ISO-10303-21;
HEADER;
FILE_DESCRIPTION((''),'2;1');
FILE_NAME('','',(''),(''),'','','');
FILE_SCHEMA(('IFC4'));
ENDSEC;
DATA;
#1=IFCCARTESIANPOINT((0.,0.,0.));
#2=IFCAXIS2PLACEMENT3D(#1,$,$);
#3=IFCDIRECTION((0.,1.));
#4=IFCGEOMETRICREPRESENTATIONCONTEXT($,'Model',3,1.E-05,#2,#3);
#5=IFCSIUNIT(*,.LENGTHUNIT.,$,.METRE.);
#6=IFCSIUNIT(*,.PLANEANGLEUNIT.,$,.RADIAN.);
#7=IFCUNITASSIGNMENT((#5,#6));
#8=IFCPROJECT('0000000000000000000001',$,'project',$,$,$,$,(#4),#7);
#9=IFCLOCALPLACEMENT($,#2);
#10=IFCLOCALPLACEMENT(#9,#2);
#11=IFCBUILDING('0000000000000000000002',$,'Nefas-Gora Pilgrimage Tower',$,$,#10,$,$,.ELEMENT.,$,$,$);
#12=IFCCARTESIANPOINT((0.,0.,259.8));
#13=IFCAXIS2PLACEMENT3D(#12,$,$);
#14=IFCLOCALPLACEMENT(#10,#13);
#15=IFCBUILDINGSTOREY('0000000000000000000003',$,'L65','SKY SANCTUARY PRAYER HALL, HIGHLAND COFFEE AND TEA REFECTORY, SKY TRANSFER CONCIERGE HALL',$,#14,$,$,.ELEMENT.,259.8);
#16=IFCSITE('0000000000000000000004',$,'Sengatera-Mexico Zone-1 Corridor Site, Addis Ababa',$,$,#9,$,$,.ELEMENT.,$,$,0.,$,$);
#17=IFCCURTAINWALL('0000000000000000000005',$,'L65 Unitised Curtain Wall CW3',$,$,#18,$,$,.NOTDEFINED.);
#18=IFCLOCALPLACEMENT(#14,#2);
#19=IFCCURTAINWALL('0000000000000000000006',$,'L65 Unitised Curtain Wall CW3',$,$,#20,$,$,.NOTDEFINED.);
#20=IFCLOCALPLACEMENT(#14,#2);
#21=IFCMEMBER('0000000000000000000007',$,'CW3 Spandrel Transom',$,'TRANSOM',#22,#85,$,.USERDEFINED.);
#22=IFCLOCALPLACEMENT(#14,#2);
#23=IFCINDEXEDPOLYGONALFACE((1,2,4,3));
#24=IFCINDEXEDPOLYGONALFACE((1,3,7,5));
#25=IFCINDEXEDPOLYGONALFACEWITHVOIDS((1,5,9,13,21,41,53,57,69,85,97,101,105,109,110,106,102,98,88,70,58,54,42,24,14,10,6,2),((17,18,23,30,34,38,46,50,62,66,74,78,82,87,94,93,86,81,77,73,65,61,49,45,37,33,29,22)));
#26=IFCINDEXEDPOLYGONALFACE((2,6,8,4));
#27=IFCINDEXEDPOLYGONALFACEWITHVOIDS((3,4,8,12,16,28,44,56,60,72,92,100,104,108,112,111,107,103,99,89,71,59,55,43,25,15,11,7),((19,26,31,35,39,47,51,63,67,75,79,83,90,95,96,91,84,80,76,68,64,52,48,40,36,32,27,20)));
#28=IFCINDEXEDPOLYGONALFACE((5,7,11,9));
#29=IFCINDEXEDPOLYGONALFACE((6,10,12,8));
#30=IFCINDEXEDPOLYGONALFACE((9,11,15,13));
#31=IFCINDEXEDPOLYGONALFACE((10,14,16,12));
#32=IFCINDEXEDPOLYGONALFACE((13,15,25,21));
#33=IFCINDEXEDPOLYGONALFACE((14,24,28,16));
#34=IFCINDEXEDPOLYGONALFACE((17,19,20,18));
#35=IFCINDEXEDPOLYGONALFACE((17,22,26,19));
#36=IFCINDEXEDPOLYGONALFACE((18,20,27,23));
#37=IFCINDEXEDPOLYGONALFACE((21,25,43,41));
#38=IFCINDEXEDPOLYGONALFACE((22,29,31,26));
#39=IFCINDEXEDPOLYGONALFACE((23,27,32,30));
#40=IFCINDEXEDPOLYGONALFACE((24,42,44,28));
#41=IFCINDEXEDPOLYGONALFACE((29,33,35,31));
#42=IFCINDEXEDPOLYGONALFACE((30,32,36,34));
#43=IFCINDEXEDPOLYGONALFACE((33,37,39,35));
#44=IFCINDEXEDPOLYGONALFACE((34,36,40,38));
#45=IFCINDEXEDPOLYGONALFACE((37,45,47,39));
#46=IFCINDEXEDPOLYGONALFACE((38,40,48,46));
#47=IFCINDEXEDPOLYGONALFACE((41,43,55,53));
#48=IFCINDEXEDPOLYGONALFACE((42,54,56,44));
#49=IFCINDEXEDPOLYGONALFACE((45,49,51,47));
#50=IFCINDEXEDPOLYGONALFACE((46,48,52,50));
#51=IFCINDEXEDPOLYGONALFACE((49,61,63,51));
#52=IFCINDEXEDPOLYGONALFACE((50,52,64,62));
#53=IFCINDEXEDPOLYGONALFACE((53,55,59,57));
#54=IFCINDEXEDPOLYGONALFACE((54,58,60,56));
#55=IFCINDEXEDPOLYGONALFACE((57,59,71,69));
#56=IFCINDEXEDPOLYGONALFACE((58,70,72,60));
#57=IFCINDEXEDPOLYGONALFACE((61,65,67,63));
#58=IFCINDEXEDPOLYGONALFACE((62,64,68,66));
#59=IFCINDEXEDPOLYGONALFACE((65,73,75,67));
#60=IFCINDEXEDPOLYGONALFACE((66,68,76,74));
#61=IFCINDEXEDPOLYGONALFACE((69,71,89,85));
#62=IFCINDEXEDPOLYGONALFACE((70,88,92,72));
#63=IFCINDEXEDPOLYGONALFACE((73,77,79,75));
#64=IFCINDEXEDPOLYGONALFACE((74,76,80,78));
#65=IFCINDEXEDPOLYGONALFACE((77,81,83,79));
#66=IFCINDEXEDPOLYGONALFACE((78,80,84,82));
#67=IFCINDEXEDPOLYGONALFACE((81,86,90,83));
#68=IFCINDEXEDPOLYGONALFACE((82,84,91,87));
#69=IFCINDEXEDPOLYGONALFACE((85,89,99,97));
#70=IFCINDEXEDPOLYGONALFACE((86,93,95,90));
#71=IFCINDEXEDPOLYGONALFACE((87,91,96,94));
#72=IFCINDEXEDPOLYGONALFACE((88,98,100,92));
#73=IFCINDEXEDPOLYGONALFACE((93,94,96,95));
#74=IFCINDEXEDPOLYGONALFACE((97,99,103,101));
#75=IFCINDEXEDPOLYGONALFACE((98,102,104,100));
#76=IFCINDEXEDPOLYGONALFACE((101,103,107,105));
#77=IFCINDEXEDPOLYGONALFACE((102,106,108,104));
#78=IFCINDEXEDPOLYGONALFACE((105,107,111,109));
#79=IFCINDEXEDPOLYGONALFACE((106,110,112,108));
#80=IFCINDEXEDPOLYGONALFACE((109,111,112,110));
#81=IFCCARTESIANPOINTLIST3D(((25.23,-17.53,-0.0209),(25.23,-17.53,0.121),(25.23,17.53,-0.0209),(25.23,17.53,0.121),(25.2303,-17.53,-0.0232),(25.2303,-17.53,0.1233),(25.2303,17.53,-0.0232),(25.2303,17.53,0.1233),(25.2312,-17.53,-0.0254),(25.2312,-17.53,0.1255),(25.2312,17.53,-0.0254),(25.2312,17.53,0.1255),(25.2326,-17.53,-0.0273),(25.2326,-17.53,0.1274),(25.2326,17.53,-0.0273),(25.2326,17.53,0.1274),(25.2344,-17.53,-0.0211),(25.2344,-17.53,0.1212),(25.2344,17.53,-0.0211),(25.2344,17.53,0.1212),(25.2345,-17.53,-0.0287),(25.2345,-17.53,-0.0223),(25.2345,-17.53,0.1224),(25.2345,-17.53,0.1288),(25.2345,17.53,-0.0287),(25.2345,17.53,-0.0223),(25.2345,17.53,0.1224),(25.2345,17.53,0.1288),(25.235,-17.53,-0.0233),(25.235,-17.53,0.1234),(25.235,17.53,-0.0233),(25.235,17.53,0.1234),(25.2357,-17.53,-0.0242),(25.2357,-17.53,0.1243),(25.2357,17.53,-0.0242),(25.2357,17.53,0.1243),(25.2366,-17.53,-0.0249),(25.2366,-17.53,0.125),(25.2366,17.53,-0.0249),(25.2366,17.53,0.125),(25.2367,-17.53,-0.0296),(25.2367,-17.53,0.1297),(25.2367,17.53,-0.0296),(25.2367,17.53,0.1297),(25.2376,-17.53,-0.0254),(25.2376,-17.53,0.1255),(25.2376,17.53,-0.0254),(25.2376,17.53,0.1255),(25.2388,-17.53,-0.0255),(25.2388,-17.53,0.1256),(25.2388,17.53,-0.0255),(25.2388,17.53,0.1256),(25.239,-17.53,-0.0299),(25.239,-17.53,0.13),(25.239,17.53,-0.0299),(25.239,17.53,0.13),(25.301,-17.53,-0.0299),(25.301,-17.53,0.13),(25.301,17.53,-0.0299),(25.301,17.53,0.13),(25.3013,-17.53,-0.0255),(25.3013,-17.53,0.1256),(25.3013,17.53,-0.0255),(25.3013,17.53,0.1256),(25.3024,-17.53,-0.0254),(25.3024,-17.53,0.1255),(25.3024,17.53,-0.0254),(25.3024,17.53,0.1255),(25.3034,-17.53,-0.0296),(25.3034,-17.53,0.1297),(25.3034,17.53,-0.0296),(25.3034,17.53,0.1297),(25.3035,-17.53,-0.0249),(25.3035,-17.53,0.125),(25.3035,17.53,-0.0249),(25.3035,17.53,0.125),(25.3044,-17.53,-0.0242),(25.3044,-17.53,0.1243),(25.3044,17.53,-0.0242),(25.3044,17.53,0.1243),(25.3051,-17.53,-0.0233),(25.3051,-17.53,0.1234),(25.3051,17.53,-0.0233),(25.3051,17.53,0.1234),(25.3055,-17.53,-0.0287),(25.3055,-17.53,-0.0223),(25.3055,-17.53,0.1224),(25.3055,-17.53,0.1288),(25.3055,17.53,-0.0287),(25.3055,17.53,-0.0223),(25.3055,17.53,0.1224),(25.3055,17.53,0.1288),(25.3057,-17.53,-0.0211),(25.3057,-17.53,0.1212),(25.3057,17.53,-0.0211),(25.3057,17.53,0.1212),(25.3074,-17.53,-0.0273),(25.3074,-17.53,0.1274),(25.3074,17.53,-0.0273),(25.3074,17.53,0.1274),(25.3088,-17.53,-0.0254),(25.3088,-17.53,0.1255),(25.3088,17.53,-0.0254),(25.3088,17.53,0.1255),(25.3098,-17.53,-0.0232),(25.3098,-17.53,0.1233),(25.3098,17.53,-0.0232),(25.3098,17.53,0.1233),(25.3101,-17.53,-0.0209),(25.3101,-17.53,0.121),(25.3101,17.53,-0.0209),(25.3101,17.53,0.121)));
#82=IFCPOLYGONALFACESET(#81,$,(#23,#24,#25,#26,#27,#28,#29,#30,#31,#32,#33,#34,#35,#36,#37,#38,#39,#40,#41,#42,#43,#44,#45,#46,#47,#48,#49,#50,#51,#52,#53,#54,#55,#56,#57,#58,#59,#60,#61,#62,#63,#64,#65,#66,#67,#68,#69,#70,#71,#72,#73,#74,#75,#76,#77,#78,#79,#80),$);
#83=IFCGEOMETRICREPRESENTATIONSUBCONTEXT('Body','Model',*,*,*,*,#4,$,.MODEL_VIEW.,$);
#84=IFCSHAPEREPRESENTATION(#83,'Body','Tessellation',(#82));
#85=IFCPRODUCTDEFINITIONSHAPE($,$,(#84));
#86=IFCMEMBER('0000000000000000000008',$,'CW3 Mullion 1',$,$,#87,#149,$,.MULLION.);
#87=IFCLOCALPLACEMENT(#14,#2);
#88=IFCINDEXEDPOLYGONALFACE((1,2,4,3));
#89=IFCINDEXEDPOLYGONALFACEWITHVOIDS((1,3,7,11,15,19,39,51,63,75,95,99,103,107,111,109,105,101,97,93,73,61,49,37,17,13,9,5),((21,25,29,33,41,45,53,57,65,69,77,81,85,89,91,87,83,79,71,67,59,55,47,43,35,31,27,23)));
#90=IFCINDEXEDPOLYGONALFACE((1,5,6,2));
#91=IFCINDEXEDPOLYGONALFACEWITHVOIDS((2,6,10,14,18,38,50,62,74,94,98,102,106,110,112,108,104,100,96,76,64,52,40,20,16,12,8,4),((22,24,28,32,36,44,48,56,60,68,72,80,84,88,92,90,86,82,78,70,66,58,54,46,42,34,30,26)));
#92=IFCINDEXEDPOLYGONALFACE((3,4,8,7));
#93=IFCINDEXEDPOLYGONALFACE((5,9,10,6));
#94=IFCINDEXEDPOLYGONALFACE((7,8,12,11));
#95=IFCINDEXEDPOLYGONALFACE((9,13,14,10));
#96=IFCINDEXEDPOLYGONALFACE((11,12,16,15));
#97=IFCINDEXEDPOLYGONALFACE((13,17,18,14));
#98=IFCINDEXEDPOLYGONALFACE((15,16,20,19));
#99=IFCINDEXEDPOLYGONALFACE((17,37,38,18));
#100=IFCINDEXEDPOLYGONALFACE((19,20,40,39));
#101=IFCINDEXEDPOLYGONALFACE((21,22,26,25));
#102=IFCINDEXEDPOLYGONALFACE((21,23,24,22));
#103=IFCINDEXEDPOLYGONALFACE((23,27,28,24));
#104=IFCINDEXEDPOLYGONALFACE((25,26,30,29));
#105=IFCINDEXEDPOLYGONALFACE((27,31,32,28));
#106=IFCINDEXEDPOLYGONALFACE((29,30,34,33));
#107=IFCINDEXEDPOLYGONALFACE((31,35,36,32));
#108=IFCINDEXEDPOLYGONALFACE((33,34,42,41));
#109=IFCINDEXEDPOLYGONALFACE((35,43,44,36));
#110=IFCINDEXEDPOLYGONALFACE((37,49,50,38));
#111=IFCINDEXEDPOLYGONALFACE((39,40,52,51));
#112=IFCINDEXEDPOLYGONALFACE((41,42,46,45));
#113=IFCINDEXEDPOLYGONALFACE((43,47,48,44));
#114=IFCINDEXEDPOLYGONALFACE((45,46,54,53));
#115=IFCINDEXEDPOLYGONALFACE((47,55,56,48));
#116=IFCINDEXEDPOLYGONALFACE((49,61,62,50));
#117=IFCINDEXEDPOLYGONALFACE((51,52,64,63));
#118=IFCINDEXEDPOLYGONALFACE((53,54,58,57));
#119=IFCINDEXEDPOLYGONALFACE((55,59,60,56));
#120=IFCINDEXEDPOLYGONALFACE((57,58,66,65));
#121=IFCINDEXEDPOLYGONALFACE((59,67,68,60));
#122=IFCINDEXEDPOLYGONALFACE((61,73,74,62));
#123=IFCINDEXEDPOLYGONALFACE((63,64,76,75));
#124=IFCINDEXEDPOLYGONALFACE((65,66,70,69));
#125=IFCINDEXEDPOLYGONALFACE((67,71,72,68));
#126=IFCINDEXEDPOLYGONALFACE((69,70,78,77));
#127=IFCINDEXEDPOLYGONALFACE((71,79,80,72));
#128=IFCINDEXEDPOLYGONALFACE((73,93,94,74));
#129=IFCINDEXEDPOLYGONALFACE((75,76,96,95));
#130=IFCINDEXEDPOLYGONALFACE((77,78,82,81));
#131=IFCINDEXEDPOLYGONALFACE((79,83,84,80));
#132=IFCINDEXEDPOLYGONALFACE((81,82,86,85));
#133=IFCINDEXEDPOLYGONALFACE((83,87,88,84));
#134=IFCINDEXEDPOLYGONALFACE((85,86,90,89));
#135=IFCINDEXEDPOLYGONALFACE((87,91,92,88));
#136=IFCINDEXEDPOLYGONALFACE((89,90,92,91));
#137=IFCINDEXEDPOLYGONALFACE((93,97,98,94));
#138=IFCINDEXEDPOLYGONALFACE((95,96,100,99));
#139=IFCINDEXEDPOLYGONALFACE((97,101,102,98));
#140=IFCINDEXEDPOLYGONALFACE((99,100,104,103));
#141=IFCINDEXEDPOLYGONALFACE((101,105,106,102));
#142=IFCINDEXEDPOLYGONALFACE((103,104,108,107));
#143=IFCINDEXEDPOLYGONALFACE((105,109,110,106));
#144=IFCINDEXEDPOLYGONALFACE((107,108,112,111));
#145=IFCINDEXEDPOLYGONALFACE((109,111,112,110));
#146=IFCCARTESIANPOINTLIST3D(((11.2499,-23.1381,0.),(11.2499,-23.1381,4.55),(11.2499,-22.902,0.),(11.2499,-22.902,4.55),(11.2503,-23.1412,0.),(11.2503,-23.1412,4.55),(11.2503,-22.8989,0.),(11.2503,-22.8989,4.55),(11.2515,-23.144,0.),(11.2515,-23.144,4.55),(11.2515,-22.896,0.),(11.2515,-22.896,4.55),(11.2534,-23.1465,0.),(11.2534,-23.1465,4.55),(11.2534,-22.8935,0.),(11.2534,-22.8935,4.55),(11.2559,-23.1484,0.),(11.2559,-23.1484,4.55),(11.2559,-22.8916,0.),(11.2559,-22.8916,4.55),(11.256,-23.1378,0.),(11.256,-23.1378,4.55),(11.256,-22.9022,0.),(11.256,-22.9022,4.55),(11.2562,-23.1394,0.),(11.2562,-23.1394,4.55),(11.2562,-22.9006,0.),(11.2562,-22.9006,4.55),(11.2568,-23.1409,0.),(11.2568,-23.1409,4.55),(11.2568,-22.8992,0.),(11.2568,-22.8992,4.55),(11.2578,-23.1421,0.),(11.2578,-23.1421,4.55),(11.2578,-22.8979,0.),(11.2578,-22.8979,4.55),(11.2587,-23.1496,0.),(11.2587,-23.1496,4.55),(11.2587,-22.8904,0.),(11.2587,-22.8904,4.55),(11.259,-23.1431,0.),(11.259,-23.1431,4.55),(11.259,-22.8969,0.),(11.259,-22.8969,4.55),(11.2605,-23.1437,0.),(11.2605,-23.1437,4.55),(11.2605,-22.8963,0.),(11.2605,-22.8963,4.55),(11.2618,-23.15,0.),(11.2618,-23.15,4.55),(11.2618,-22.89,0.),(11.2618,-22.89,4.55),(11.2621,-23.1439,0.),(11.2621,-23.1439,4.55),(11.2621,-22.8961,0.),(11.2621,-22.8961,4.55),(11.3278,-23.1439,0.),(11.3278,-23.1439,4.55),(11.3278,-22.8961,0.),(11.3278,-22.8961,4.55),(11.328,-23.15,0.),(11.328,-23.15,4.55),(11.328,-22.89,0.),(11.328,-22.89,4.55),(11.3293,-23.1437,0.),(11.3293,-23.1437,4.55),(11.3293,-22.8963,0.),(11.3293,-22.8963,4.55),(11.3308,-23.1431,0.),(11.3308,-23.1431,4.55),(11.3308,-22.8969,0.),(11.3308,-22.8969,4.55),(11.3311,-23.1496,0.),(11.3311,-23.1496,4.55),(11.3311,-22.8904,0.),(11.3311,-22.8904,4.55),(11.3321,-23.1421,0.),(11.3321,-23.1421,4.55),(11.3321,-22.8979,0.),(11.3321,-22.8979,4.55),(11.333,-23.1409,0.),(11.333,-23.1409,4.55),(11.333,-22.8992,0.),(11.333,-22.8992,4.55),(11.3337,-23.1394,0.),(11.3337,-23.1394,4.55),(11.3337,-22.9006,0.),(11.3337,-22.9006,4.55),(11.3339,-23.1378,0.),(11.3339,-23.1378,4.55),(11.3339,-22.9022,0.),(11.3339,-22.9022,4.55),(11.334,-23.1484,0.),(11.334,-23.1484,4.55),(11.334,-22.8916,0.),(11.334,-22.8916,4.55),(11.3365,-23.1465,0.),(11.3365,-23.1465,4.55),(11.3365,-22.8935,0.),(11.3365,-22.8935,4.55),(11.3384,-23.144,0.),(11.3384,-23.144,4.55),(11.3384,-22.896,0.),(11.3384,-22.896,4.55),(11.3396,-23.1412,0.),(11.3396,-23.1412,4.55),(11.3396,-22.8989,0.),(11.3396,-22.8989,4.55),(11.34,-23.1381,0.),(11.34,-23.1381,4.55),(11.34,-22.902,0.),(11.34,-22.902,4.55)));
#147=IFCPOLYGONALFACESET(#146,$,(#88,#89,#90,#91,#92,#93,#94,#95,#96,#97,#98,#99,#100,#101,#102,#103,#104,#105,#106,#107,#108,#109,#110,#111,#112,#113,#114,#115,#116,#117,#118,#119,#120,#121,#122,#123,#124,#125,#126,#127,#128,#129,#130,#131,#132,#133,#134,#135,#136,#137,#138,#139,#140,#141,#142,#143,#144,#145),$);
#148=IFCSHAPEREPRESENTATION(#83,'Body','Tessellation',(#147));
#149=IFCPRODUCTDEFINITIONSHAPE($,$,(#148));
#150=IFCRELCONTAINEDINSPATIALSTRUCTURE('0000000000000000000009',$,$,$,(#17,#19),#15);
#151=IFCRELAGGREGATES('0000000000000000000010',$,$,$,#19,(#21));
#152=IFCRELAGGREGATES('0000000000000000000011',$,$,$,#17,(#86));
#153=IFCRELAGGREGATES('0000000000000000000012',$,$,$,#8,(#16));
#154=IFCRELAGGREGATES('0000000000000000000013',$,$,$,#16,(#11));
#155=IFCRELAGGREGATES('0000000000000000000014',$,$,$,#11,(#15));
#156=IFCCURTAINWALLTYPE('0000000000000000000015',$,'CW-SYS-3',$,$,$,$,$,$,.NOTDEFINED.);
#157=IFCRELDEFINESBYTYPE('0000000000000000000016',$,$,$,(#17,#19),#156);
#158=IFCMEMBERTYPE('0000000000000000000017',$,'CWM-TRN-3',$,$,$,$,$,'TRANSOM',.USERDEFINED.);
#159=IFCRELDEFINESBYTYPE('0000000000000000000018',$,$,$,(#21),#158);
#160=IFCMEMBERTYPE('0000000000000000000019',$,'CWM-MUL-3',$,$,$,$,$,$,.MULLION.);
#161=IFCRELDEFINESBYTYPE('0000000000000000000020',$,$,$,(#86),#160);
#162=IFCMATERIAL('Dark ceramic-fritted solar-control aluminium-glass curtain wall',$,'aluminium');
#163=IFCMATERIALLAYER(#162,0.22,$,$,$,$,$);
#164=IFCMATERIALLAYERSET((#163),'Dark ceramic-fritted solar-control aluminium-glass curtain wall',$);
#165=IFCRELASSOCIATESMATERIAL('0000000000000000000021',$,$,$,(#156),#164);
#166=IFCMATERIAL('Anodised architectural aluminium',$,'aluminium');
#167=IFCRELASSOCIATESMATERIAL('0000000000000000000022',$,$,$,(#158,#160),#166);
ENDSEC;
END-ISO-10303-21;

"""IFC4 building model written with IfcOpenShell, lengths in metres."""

from ifc_helpers import new_model, si_unit, direction, frame, origin, origin_2d, place, context, subcontext, project, spatial, hollow_rectangle, extrude, source, transform, mapped, material, layer, layer_set, material_profile, profile_set, type_object, element, aggregate, save


model = new_model("IFC4")

# Units and contexts
model_context = context("Model", 3, precision=1e-05, world=origin(), true_north=direction((0.0, 1.0)))
body_context = subcontext(model_context, "Body", "Model", "MODEL_VIEW")
ifc_project = project(units=[si_unit("LENGTHUNIT", "METRE"), si_unit("PLANEANGLEUNIT", "RADIAN")], contexts=[model_context])

# Site, building, storey
site_placement = place(None, origin())
site = spatial("IfcSite", under=ifc_project, at=site_placement, Name="Sengatera-Mexico Zone-1 Corridor Site, Addis Ababa", CompositionType="ELEMENT", RefElevation=0.0)
building_placement = place(site_placement, origin())
building = spatial("IfcBuilding", under=site, at=building_placement, Name="Nefas-Gora Pilgrimage Tower", CompositionType="ELEMENT")
storey_placement = place(building_placement, frame((0.0, 0.0, 259.8)))
storey = spatial("IfcBuildingStorey", under=building, at=storey_placement, Name="L65", Description="SKY SANCTUARY PRAYER HALL, HIGHLAND COFFEE AND TEA REFECTORY, SKY TRANSFER CONCIERGE HALL", CompositionType="ELEMENT", Elevation=259.8)

# Curtain walls, member
ifc_material_1 = material(Name="Dark ceramic-fritted solar-control aluminium-glass curtain wall", Category="aluminium")
ifc_layer_1 = layer(ifc_material_1, 0.22)
ifc_layer_set_1 = layer_set([ifc_layer_1], Name="Dark ceramic-fritted solar-control aluminium-glass curtain wall")
curtain_wall_type = type_object("IfcCurtainWallType", Name="CW-SYS-3", PredefinedType="NOTDEFINED", material=ifc_layer_set_1)
curtain_wall_1_placement = place(storey_placement, origin())
curtain_wall_1 = element("IfcCurtainWall", 1, at=curtain_wall_1_placement, inside=storey, type_object=curtain_wall_type, Name="L65 Unitised Curtain Wall CW3", PredefinedType="NOTDEFINED")
ifc_material_2 = material(Name="Anodised architectural aluminium", Category="aluminium")
ifc_material_profile_1 = material_profile(ifc_material_2, hollow_rectangle(XDim=0.0801, YDim=0.1599, WallThickness=0.0044, InnerFilletRadius=0.0044, OuterFilletRadius=0.009, at=origin_2d()), Name="ALU TRANSOM 80x160")
ifc_profile_set_1 = profile_set([ifc_material_profile_1], Name="Anodised architectural aluminium")
member_type_1 = type_object("IfcMemberType", Name="CWM-TRN-3", ElementType="TRANSOM", PredefinedType="USERDEFINED", material=ifc_profile_set_1)
curtain_wall_2_placement = place(storey_placement, origin())
curtain_wall_2 = element("IfcCurtainWall", 2, at=curtain_wall_2_placement, inside=storey, type_object=curtain_wall_type, Name="L65 Unitised Curtain Wall CW3", PredefinedType="NOTDEFINED")
shared_shape_1 = source(origin(), body_context, "Body", "SweptSolid", [
    extrude(hollow_rectangle(XDim=0.0801, YDim=0.1599, WallThickness=0.0044, InnerFilletRadius=0.0044, OuterFilletRadius=0.009, at=origin_2d()), origin(), (0.0, 0.0, 1.0), 35.0601),
])
member_1_placement = place(storey_placement, frame((25.27, -17.53, 0.05), z_axis=(0.0, 1.0, 0.0), x_axis=(-1.0, 0.0, 0.0)))
member_1 = element("IfcMember", 3, at=member_1_placement, type_object=member_type_1, Name="CW3 Spandrel Transom", ObjectType="TRANSOM", PredefinedType="USERDEFINED", context=body_context, shape_type="MappedRepresentation", body=[
    mapped(shared_shape_1, transform((0.0, 0.0, 0.0), x_axis=(1.0, 0.0, 0.0), y_axis=(0.0, 1.0, 0.0), z_axis=(0.0, 0.0, 1.0), scale=1.0)),
])

# Member
ifc_material_profile_2 = material_profile(ifc_material_2, hollow_rectangle(XDim=0.0901, YDim=0.26, WallThickness=0.0061, InnerFilletRadius=0.0061, OuterFilletRadius=0.012, at=origin_2d()), Name="ALU MULLION 90x260")
ifc_profile_set_2 = profile_set([ifc_material_profile_2], Name="Anodised architectural aluminium")
member_type_2 = type_object("IfcMemberType", Name="CWM-MUL-3", PredefinedType="MULLION", material=ifc_profile_set_2)
shared_shape_2 = source(origin(), body_context, "Body", "SweptSolid", [
    extrude(hollow_rectangle(XDim=0.0901, YDim=0.26, WallThickness=0.0061, InnerFilletRadius=0.0061, OuterFilletRadius=0.012, at=origin_2d()), origin(), (0.0, 0.0, 1.0), 4.55),
])
member_2_placement = place(storey_placement, frame((11.2949, -23.02, 0.0), z_axis=(0.0, 0.0, 1.0), x_axis=(1.0, 0.0, 0.0)))
member_2 = element("IfcMember", 4, at=member_2_placement, type_object=member_type_2, Name="CW3 Mullion 1", PredefinedType="MULLION", context=body_context, shape_type="MappedRepresentation", body=[
    mapped(shared_shape_2, transform((0.0, 0.0, 0.0), x_axis=(1.0, 0.0, 0.0), y_axis=(0.0, 1.0, 0.0), z_axis=(0.0, 0.0, 1.0), scale=1.0)),
])
aggregate(curtain_wall_2, [member_1])

aggregate(curtain_wall_1, [member_2])

save(model, "model.ifc")
